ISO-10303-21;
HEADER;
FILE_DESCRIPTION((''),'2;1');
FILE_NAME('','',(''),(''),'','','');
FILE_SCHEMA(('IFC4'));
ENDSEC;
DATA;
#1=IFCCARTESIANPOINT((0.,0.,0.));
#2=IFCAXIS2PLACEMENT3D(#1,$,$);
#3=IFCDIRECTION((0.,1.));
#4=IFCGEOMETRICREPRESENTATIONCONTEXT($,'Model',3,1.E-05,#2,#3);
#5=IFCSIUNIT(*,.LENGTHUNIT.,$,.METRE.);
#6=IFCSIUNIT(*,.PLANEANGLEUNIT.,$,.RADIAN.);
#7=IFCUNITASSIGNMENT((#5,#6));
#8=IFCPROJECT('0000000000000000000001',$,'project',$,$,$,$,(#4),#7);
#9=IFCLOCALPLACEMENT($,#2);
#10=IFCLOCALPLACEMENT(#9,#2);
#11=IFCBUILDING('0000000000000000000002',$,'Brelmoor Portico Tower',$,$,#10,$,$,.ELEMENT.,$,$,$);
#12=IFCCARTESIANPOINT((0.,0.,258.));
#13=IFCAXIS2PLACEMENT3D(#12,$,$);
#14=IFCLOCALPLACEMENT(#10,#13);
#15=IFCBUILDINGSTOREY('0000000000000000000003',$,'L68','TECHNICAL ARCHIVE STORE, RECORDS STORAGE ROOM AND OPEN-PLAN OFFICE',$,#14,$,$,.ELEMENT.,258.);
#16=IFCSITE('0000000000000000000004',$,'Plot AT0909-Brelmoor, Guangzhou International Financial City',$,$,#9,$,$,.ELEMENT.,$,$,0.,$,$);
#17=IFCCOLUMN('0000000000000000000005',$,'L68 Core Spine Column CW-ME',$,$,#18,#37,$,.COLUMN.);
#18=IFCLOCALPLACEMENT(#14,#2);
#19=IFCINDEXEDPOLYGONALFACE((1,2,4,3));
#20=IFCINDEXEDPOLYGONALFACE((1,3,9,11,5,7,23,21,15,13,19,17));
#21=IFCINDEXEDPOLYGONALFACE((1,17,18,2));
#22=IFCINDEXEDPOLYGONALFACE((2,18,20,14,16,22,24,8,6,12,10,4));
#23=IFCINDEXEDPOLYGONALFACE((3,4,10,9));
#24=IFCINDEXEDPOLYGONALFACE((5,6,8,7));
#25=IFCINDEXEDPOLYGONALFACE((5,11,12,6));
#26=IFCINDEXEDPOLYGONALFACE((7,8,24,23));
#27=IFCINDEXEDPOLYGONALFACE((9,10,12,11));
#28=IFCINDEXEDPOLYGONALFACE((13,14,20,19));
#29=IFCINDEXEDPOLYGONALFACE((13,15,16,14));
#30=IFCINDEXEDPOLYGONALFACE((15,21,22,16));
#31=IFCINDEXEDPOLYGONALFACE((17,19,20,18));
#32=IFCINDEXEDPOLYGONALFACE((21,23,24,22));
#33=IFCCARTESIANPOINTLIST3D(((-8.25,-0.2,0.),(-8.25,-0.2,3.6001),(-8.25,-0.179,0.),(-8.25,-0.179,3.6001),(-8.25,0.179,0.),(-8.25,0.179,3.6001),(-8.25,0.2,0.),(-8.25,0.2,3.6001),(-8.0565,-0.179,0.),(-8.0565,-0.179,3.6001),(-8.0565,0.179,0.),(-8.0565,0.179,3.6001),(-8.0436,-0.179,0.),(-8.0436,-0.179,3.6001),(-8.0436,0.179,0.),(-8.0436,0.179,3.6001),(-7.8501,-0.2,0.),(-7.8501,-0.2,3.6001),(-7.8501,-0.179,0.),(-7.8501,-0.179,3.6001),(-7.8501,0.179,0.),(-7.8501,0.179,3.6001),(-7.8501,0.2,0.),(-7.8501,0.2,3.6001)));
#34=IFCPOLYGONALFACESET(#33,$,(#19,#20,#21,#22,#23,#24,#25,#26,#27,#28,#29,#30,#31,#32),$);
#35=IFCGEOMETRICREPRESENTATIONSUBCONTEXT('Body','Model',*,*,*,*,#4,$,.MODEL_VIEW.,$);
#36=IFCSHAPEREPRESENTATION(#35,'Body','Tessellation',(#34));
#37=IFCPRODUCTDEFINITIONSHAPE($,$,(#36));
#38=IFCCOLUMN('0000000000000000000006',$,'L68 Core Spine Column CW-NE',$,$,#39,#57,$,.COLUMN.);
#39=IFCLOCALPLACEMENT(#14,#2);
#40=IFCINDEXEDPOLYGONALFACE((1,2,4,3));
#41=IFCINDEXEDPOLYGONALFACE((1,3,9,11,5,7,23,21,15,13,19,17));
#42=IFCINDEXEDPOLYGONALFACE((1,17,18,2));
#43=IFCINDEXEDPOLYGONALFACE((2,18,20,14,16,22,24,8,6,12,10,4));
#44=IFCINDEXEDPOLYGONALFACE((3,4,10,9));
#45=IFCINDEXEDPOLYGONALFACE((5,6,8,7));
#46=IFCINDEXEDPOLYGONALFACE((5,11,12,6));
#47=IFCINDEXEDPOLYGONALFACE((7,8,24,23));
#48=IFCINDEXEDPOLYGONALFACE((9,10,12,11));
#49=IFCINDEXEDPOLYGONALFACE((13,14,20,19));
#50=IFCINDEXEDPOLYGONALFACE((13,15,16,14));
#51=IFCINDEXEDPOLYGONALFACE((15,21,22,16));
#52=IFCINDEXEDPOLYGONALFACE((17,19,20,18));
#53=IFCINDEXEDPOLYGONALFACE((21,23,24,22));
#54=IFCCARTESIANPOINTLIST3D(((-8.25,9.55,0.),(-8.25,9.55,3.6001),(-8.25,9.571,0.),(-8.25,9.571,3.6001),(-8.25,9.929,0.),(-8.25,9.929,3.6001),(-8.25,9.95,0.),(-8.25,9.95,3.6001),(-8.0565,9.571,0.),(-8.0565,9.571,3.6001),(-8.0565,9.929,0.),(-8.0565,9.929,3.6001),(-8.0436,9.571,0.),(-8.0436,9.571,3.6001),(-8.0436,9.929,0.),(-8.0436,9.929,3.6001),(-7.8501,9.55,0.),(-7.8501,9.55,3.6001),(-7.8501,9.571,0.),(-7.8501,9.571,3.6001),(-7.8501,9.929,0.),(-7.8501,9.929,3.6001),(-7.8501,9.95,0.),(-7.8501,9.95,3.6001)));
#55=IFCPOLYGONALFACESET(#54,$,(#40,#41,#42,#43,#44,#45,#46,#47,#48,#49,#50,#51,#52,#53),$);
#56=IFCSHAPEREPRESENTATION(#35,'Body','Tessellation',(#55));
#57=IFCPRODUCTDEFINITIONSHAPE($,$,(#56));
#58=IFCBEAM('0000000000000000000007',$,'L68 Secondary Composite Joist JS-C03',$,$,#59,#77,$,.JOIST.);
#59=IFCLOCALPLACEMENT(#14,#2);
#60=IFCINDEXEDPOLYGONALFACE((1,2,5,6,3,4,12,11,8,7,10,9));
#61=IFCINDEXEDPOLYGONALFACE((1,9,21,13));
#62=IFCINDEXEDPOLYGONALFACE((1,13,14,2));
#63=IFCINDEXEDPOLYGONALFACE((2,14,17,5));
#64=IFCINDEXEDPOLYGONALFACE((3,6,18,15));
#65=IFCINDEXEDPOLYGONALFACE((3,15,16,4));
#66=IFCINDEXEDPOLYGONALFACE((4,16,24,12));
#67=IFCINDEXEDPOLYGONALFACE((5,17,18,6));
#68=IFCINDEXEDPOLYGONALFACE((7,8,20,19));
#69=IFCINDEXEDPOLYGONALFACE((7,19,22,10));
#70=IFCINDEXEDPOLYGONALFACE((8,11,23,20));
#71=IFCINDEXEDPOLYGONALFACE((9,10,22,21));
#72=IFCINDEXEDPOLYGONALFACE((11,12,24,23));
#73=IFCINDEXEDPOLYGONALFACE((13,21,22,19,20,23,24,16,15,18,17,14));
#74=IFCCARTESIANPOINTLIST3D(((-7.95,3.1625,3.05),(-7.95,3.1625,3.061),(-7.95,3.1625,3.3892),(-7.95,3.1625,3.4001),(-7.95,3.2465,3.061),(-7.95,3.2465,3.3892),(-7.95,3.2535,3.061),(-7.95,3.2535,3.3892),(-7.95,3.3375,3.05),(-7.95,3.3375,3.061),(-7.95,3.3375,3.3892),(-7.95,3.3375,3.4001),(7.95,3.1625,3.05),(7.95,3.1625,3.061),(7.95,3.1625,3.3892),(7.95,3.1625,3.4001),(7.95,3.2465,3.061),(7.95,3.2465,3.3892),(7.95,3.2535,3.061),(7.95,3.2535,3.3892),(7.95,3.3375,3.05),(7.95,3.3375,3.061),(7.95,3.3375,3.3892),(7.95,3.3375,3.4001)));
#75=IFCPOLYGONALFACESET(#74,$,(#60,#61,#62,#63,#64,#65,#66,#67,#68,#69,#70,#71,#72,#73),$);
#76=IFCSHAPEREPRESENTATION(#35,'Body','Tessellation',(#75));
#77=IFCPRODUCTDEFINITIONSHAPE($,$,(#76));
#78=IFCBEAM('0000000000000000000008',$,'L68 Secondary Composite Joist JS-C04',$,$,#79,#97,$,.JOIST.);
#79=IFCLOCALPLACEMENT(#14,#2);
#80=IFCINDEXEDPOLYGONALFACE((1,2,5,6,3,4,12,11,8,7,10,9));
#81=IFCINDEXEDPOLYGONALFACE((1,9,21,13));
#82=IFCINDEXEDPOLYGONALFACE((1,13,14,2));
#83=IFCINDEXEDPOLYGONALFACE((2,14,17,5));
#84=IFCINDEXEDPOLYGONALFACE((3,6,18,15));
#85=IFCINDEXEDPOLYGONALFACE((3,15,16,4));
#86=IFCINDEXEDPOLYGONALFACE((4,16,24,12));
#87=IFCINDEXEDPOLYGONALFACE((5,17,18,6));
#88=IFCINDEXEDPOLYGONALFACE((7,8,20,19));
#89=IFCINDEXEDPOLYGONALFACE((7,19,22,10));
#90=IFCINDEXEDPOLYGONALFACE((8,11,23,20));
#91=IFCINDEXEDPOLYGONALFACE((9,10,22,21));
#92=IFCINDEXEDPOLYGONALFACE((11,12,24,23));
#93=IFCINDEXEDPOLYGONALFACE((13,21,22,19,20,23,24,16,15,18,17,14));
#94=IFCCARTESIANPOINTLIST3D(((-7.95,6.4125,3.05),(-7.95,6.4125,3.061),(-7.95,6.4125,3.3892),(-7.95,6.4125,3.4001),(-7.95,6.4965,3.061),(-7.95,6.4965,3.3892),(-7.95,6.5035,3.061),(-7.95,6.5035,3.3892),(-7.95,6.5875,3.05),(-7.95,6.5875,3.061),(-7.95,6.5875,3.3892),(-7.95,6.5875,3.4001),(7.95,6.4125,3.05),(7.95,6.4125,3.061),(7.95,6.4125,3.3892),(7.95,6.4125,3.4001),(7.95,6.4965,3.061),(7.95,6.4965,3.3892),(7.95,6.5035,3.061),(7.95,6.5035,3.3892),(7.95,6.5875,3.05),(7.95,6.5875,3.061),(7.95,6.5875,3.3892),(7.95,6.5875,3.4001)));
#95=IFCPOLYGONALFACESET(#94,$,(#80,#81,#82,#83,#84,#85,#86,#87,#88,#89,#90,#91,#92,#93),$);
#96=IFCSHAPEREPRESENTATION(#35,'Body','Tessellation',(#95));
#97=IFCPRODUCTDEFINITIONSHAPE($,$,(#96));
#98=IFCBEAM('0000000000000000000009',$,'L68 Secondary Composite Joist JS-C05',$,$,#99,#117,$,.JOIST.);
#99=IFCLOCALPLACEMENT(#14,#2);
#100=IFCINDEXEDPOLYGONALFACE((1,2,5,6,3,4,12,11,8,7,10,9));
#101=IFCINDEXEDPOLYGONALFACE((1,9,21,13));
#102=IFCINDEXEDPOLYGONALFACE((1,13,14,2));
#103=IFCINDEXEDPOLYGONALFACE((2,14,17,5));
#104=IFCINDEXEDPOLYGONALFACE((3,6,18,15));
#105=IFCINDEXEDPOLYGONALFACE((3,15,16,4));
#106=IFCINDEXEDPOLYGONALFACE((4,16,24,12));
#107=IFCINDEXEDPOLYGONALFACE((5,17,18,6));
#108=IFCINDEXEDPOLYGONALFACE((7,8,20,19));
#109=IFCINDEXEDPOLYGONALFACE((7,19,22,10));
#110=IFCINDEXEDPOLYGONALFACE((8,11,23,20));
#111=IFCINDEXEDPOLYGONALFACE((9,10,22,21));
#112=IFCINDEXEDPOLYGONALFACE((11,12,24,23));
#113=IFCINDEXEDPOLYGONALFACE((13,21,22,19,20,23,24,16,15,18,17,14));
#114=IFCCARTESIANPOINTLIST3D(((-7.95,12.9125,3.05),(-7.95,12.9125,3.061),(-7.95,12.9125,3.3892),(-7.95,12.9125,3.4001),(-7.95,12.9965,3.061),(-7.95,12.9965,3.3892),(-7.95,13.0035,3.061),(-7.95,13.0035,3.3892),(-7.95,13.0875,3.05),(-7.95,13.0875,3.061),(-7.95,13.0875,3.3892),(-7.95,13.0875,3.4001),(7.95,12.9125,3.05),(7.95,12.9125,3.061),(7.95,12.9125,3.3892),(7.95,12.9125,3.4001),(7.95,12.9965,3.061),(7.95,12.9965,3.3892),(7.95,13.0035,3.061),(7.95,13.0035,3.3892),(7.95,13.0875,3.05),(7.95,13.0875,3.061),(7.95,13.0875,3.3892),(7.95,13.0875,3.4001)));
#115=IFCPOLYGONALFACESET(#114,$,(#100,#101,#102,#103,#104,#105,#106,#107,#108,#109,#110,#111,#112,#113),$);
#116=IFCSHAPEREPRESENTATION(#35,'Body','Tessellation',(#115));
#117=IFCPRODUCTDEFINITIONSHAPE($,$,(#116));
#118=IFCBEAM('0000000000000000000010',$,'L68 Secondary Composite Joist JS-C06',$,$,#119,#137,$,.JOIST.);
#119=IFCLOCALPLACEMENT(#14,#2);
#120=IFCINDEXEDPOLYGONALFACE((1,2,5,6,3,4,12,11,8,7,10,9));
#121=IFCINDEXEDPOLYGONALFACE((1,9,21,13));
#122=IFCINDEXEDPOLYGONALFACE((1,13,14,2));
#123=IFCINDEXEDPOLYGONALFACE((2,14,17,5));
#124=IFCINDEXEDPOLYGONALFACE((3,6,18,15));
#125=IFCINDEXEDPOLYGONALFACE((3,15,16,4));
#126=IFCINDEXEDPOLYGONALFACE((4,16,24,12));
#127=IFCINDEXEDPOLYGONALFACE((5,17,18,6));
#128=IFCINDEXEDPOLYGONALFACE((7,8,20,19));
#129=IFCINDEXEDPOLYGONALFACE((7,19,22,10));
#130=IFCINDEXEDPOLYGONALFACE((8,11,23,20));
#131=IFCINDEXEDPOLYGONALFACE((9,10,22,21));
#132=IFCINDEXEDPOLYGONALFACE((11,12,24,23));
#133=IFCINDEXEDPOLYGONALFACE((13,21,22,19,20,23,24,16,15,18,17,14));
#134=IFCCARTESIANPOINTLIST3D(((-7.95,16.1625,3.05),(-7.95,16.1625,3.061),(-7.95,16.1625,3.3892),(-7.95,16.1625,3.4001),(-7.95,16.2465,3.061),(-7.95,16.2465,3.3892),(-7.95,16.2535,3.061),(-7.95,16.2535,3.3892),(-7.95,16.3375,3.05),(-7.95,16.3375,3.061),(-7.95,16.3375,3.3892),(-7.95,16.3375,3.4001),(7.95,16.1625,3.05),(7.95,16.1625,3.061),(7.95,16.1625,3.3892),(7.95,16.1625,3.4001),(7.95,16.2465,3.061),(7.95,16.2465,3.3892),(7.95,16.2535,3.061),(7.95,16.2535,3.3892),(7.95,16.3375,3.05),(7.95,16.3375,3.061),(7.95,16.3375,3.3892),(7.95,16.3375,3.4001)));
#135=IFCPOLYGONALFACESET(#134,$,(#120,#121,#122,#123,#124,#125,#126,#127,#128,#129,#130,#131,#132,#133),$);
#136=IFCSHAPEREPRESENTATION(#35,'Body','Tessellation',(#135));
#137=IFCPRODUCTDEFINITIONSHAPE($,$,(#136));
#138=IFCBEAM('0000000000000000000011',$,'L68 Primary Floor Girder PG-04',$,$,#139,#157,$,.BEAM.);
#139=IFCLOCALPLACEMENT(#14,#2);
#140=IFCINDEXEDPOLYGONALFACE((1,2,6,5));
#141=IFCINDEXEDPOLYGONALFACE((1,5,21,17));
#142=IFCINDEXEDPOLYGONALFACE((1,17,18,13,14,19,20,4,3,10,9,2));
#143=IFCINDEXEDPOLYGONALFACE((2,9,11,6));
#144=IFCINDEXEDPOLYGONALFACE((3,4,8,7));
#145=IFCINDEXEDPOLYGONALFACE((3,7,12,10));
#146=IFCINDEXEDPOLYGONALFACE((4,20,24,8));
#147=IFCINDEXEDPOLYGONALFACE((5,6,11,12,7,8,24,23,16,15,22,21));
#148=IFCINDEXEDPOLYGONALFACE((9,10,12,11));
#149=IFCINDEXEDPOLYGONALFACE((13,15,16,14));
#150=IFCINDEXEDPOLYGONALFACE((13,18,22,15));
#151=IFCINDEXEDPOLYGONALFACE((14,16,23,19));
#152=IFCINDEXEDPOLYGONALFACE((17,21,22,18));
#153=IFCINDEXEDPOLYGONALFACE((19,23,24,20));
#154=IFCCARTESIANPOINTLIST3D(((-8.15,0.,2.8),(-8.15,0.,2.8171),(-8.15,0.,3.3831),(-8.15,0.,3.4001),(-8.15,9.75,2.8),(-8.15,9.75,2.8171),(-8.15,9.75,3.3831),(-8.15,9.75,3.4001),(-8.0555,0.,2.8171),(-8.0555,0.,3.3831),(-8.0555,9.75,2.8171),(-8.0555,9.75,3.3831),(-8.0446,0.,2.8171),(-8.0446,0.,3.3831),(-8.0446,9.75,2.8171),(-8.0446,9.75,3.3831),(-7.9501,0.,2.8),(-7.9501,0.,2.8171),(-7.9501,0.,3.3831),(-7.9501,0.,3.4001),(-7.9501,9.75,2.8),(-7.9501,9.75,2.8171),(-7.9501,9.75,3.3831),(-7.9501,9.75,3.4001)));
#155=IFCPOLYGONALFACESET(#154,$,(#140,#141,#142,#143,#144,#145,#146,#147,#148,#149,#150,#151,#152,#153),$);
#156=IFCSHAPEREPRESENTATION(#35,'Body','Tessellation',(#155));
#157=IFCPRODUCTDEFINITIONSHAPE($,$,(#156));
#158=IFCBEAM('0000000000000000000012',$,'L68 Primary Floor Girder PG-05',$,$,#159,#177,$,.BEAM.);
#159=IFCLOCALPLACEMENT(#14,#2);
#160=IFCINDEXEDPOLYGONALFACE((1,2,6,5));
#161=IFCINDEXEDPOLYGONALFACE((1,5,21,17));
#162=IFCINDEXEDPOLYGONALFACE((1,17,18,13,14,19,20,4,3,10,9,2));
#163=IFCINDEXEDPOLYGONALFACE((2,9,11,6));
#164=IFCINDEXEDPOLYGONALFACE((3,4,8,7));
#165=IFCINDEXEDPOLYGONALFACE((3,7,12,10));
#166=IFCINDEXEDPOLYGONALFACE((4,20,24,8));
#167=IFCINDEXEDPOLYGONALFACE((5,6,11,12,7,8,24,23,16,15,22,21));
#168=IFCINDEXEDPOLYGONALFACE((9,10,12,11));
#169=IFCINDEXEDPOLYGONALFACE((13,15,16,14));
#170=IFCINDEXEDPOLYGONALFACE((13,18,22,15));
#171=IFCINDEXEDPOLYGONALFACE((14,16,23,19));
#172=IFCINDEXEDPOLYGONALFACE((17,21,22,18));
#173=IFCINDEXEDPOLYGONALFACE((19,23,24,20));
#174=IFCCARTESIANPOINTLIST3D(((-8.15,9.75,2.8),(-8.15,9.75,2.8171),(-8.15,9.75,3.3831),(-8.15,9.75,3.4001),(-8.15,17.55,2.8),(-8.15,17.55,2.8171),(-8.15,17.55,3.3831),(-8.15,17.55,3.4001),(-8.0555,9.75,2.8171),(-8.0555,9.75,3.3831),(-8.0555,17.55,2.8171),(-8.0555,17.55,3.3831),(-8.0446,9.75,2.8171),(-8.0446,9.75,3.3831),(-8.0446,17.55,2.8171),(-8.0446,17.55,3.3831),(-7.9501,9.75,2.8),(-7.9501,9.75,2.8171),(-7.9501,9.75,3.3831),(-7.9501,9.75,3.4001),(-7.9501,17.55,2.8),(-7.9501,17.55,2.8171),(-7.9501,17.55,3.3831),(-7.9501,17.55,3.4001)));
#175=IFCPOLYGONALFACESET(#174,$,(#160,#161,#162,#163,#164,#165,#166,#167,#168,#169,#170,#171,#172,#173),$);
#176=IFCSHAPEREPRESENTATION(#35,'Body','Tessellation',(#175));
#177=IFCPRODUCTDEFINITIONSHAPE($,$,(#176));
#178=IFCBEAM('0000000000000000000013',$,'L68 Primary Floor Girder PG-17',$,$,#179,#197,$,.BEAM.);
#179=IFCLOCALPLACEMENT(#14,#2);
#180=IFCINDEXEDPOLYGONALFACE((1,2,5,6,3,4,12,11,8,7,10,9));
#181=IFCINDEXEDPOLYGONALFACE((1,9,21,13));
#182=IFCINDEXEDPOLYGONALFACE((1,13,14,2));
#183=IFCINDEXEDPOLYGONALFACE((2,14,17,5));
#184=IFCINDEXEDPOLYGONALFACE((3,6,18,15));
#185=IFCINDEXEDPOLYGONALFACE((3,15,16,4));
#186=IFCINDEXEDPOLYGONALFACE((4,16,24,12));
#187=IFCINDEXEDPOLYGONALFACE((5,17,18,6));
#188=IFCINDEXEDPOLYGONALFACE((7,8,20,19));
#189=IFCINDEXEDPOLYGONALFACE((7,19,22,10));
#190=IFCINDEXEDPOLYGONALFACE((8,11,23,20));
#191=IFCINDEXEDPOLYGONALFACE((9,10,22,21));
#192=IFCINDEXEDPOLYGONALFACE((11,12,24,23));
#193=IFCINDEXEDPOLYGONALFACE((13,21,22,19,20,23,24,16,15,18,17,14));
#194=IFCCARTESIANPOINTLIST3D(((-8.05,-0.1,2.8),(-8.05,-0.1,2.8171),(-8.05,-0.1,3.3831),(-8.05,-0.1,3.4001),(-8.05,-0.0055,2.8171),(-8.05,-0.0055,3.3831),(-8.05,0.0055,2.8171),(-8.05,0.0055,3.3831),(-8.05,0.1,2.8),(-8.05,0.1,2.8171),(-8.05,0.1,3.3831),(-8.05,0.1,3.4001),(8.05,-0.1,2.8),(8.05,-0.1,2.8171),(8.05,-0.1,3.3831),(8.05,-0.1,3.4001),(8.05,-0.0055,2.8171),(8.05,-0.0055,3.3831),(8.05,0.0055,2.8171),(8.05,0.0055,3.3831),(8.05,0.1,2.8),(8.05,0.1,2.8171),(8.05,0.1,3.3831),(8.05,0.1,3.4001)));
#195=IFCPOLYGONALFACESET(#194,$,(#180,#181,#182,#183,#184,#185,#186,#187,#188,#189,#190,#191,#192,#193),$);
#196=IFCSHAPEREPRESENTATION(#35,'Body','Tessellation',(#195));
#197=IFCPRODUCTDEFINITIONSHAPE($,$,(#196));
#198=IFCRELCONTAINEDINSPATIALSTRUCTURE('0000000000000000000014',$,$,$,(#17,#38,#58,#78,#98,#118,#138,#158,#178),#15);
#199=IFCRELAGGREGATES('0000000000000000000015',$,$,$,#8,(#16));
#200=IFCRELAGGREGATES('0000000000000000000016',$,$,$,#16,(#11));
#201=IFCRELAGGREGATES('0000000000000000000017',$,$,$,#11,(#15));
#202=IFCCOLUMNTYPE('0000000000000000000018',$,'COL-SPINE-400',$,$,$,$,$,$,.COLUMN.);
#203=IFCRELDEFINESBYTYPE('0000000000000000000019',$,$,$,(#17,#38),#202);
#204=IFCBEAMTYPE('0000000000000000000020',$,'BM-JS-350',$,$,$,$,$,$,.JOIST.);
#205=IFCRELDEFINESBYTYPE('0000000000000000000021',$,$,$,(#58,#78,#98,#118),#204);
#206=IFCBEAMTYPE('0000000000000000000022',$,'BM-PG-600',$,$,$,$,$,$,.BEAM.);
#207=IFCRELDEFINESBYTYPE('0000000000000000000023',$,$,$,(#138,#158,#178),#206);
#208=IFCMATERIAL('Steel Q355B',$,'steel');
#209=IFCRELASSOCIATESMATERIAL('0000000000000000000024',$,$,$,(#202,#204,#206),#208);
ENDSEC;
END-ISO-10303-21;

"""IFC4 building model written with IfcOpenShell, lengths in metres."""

from ifc_helpers import new_model, si_unit, direction, frame, origin, origin_2d, place, context, subcontext, project, spatial, i_section, extrude, material, material_profile, profile_set, type_object, element, save


model = new_model("IFC4")

# Units and contexts
model_context = context("Model", 3, precision=1e-05, world=origin(), true_north=direction((0.0, 1.0)))
body_context = subcontext(model_context, "Body", "Model", "MODEL_VIEW")
ifc_project = project(units=[si_unit("LENGTHUNIT", "METRE"), si_unit("PLANEANGLEUNIT", "RADIAN")], contexts=[model_context])

# Site, building, storey
site_placement = place(None, origin())
site = spatial("IfcSite", under=ifc_project, at=site_placement, Name="Plot AT0909-Brelmoor, Guangzhou International Financial City", CompositionType="ELEMENT", RefElevation=0.0)
building_placement = place(site_placement, origin())
building = spatial("IfcBuilding", under=site, at=building_placement, Name="Brelmoor Portico Tower", CompositionType="ELEMENT")
storey_placement = place(building_placement, frame((0.0, 0.0, 258.0)))
storey = spatial("IfcBuildingStorey", under=building, at=storey_placement, Name="L68", Description="TECHNICAL ARCHIVE STORE, RECORDS STORAGE ROOM AND OPEN-PLAN OFFICE", CompositionType="ELEMENT", Elevation=258.0)

# Columns
ifc_material_1 = material(Name="Steel Q355B", Category="steel")
ifc_material_profile_1 = material_profile(ifc_material_1, i_section(OverallWidth=0.3999, OverallDepth=0.3999, WebThickness=0.0129, FlangeThickness=0.021, at=origin_2d()), Name="HW 400x400x13x21")
ifc_profile_set_1 = profile_set([ifc_material_profile_1], Name="Steel Q355B")
column_type = type_object("IfcColumnType", Name="COL-SPINE-400", PredefinedType="COLUMN", material=ifc_profile_set_1)
for number, where, z_axis, x_axis, name in (
    (1, (-8.05, 0.0, 0.0), (0.0, 0.0, 1.0), (1.0, 0.0, 0.0), "L68 Core Spine Column CW-ME"),
    (2, (-8.05, 9.75, 0.0), (0.0, 0.0, 1.0), (1.0, 0.0, 0.0), "L68 Core Spine Column CW-NE"),
):
    element("IfcColumn", number, at=place(storey_placement, frame(where, z_axis=z_axis, x_axis=x_axis)), inside=storey, type_object=column_type, Name=name, PredefinedType="COLUMN", context=body_context, shape_type="SweptSolid", body=[
        extrude(i_section(OverallWidth=0.3999, OverallDepth=0.3999, WebThickness=0.0129, FlangeThickness=0.021, at=origin_2d()), origin(), (0.0, 0.0, 1.0), 3.6001),
    ])

# Beams
ifc_material_profile_2 = material_profile(ifc_material_1, i_section(OverallWidth=0.175, OverallDepth=0.3501, WebThickness=0.0071, FlangeThickness=0.011, at=origin_2d()), Name="HN 350x175x7x11")
ifc_profile_set_2 = profile_set([ifc_material_profile_2], Name="Steel Q355B")
beam_type_1 = type_object("IfcBeamType", Name="BM-JS-350", PredefinedType="JOIST", material=ifc_profile_set_2)
for number, where, z_axis, x_axis, name in (
    (3, (-7.95, 3.25, 3.2251), (1.0, 0.0, 0.0), (0.0, 1.0, 0.0), "L68 Secondary Composite Joist JS-C03"),
    (4, (-7.95, 6.5, 3.2251), (1.0, 0.0, 0.0), (0.0, 1.0, 0.0), "L68 Secondary Composite Joist JS-C04"),
    (5, (-7.95, 13.0, 3.2251), (1.0, 0.0, 0.0), (0.0, 1.0, 0.0), "L68 Secondary Composite Joist JS-C05"),
    (6, (-7.95, 16.25, 3.2251), (1.0, 0.0, 0.0), (0.0, 1.0, 0.0), "L68 Secondary Composite Joist JS-C06"),
):
    element("IfcBeam", number, at=place(storey_placement, frame(where, z_axis=z_axis, x_axis=x_axis)), inside=storey, type_object=beam_type_1, Name=name, PredefinedType="JOIST", context=body_context, shape_type="SweptSolid", body=[
        extrude(i_section(OverallWidth=0.175, OverallDepth=0.3501, WebThickness=0.0071, FlangeThickness=0.011, at=origin_2d()), origin(), (0.0, 0.0, 1.0), 15.8999),
    ])
ifc_material_profile_3 = material_profile(ifc_material_1, i_section(OverallWidth=0.2, OverallDepth=0.6001, WebThickness=0.011, FlangeThickness=0.0171, at=origin_2d()), Name="HN 600x200x11x17")
ifc_profile_set_3 = profile_set([ifc_material_profile_3], Name="Steel Q355B")
beam_type_2 = type_object("IfcBeamType", Name="BM-PG-600", PredefinedType="BEAM", material=ifc_profile_set_3)
beam_1_placement = place(storey_placement, frame((-8.05, 0.0, 3.1001), z_axis=(0.0, 1.0, 0.0), x_axis=(-1.0, 0.0, 0.0)))
element("IfcBeam", 7, at=beam_1_placement, inside=storey, type_object=beam_type_2, Name="L68 Primary Floor Girder PG-04", PredefinedType="BEAM", context=body_context, shape_type="SweptSolid", body=[
    extrude(i_section(OverallWidth=0.2, OverallDepth=0.6001, WebThickness=0.011, FlangeThickness=0.0171, at=origin_2d()), origin(), (0.0, 0.0, 1.0), 9.75),
])
beam_2_placement = place(storey_placement, frame((-8.05, 9.75, 3.1001), z_axis=(0.0, 1.0, 0.0), x_axis=(-1.0, 0.0, 0.0)))
element("IfcBeam", 8, at=beam_2_placement, inside=storey, type_object=beam_type_2, Name="L68 Primary Floor Girder PG-05", PredefinedType="BEAM", context=body_context, shape_type="SweptSolid", body=[
    extrude(i_section(OverallWidth=0.2, OverallDepth=0.6001, WebThickness=0.011, FlangeThickness=0.0171, at=origin_2d()), origin(), (0.0, 0.0, 1.0), 7.8),
])
for number, where, z_axis, x_axis, name in (
    (9, (-8.05, 0.0, 3.1001), (1.0, 0.0, 0.0), (0.0, 1.0, 0.0), "L68 Primary Floor Girder PG-17"),
):
    element("IfcBeam", number, at=place(storey_placement, frame(where, z_axis=z_axis, x_axis=x_axis)), inside=storey, type_object=beam_type_2, Name=name, PredefinedType="BEAM", context=body_context, shape_type="SweptSolid", body=[
        extrude(i_section(OverallWidth=0.2, OverallDepth=0.6001, WebThickness=0.011, FlangeThickness=0.0171, at=origin_2d()), origin(), (0.0, 0.0, 1.0), 16.1001),
    ])

save(model, "model.ifc")
